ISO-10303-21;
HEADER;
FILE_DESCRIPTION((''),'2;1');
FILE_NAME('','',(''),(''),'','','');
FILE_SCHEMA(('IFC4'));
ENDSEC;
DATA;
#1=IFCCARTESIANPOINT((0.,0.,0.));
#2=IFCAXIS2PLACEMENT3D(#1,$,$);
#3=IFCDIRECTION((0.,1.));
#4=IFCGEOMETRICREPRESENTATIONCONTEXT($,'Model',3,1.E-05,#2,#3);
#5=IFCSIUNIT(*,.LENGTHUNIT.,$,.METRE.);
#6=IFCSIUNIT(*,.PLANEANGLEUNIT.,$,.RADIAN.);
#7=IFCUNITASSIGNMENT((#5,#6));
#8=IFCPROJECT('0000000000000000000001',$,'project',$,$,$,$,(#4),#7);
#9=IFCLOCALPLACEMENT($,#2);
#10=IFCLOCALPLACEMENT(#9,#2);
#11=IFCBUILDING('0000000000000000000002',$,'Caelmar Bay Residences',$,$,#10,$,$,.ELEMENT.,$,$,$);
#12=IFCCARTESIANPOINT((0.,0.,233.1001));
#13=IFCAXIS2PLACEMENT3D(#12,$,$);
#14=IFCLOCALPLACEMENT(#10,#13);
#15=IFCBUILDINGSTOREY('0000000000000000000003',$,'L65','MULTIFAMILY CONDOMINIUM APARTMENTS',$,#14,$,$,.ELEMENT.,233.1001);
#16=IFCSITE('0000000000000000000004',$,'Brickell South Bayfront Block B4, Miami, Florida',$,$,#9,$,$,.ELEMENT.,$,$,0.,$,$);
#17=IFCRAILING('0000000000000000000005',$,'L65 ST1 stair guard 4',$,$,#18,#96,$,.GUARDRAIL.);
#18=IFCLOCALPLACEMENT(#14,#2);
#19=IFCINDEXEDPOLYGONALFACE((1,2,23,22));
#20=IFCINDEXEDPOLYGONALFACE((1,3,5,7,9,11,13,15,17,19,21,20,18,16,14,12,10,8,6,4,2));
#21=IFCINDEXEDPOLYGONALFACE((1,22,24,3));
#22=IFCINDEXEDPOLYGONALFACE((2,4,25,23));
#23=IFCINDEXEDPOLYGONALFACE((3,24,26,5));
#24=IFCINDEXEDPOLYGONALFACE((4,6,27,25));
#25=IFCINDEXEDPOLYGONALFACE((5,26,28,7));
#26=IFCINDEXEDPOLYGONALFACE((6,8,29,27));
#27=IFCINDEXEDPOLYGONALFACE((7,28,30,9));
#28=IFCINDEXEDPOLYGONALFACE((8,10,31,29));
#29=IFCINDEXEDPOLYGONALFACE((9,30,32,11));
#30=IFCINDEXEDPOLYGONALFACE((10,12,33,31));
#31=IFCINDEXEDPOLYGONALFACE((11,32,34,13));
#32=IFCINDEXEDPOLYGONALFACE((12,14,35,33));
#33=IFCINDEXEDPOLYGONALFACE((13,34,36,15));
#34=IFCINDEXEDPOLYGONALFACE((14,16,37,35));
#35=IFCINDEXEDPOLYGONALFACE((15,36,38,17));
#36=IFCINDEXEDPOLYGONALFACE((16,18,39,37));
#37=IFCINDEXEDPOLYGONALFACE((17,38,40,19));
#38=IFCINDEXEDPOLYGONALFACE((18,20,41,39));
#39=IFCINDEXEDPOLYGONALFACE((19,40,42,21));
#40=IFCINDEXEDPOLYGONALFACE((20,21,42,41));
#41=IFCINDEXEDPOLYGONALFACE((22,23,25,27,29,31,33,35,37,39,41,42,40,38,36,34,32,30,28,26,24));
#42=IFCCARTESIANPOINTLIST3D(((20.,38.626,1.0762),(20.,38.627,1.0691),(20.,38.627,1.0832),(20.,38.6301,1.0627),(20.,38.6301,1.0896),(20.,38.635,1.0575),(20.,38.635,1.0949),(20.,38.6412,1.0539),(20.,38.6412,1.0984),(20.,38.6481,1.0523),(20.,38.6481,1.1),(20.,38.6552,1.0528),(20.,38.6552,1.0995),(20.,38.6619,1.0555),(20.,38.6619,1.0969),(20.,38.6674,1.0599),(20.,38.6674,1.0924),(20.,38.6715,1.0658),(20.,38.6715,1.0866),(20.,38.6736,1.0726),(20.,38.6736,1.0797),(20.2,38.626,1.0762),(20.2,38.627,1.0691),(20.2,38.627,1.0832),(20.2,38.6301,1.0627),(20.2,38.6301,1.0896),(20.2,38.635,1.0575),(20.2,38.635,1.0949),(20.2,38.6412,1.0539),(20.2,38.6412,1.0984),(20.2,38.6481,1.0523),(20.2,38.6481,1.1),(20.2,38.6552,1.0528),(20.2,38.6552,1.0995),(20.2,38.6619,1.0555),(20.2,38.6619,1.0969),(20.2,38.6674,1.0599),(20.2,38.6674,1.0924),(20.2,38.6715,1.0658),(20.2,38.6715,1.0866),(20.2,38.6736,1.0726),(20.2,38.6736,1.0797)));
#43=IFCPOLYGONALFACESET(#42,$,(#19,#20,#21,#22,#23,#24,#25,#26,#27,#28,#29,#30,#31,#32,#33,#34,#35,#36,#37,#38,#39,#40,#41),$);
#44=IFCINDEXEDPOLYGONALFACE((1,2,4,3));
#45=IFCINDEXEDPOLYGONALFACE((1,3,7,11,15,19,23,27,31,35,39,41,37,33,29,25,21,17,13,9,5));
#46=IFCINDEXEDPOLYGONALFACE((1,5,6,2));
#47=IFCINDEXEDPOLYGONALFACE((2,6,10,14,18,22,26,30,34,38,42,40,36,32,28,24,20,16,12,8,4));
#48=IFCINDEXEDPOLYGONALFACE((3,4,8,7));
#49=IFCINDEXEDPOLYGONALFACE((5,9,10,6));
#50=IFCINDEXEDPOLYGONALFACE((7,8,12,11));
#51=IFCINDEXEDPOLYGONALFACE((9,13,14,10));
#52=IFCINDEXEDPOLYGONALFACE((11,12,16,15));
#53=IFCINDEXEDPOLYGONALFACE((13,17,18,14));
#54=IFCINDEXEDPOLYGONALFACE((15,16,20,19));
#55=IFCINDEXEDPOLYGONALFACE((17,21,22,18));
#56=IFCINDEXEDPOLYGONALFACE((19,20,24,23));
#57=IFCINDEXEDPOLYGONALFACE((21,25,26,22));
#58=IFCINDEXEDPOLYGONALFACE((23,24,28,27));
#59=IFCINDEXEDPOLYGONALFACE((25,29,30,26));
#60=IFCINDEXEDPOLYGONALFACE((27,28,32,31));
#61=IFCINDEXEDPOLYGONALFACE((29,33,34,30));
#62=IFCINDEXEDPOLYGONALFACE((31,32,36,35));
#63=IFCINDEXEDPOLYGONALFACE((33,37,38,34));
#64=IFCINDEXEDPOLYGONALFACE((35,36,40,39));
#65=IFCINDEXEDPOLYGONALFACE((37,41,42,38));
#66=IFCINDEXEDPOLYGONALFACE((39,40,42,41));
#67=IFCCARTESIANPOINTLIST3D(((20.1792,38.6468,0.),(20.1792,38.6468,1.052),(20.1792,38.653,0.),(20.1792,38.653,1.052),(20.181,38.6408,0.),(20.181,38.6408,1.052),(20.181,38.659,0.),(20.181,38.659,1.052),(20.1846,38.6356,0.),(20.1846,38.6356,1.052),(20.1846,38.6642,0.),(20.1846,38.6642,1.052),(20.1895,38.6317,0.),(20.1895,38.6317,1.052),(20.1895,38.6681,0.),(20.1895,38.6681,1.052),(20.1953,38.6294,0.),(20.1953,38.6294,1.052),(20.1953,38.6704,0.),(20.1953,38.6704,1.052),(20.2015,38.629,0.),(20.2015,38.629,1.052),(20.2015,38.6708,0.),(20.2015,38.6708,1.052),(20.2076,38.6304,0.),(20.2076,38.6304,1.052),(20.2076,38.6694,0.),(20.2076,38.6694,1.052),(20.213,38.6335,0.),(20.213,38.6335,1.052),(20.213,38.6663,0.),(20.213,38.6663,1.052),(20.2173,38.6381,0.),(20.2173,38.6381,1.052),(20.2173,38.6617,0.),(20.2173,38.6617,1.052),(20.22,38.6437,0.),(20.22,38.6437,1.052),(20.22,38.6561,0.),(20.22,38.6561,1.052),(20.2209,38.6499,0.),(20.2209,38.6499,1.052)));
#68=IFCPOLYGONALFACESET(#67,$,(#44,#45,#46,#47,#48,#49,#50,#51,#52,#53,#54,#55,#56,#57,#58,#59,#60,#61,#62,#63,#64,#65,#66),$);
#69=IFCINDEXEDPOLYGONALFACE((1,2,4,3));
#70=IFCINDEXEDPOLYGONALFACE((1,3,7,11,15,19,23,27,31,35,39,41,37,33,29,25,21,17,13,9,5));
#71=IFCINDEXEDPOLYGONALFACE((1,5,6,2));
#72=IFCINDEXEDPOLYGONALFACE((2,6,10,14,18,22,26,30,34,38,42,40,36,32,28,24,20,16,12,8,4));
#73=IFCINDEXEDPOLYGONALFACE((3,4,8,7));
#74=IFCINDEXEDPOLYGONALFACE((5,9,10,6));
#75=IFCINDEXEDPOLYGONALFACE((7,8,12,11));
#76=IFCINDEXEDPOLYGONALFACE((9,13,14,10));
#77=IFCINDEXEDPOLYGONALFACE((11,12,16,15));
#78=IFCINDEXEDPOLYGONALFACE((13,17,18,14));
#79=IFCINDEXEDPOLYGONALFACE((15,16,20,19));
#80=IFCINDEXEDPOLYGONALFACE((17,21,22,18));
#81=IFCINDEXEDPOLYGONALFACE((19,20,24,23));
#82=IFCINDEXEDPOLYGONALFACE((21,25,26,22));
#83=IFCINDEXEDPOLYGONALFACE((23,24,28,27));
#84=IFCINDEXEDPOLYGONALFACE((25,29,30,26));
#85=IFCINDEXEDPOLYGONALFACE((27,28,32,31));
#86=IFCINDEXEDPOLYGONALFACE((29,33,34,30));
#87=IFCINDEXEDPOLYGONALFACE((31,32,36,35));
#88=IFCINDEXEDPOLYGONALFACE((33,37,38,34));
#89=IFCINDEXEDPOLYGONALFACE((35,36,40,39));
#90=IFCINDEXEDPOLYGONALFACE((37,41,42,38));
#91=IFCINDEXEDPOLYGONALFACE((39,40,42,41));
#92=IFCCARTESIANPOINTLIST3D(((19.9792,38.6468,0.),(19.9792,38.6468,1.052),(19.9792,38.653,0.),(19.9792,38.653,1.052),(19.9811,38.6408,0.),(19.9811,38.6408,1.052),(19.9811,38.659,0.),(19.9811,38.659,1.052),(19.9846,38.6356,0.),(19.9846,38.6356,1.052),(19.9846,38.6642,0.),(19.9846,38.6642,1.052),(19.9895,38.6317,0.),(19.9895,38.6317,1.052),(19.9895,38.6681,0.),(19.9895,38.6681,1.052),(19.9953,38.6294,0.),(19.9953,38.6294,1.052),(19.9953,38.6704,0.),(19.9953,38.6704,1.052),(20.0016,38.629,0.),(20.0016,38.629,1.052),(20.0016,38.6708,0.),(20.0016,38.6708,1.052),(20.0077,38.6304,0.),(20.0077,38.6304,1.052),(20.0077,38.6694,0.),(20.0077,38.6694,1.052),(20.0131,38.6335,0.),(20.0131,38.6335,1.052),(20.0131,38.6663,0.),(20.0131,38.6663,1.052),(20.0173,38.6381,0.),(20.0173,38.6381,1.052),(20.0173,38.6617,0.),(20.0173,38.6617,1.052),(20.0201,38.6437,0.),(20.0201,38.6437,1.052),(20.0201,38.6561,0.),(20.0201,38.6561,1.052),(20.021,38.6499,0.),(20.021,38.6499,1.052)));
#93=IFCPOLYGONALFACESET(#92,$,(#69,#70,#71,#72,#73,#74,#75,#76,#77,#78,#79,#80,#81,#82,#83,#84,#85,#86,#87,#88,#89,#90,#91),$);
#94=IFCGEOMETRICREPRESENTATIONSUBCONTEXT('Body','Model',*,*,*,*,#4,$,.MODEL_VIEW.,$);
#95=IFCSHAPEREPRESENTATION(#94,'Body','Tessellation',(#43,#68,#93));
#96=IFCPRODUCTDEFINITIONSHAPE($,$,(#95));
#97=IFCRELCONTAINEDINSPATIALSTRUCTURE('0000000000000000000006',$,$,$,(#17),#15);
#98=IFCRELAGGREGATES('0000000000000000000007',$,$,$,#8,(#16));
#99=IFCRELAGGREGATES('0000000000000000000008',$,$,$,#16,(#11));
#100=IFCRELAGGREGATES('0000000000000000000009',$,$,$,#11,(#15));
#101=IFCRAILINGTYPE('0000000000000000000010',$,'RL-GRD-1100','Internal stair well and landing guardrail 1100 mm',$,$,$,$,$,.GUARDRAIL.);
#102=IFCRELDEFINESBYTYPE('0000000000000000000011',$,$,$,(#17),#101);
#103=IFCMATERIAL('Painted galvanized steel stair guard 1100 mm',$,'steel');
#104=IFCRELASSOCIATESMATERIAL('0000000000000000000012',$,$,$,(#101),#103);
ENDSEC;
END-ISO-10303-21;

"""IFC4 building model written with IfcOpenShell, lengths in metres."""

from ifc_helpers import new_model, si_unit, direction, frame, origin, origin_2d, place, context, subcontext, project, spatial, circle, extrude, material, type_object, element, save


model = new_model("IFC4")

# Units and contexts
model_context = context("Model", 3, precision=1e-05, world=origin(), true_north=direction((0.0, 1.0)))
body_context = subcontext(model_context, "Body", "Model", "MODEL_VIEW")
ifc_project = project(units=[si_unit("LENGTHUNIT", "METRE"), si_unit("PLANEANGLEUNIT", "RADIAN")], contexts=[model_context])

# Site, building, storey
site_placement = place(None, origin())
site = spatial("IfcSite", under=ifc_project, at=site_placement, Name="Brickell South Bayfront Block B4, Miami, Florida", CompositionType="ELEMENT", RefElevation=0.0)
building_placement = place(site_placement, origin())
building = spatial("IfcBuilding", under=site, at=building_placement, Name="Caelmar Bay Residences", CompositionType="ELEMENT")
storey_placement = place(building_placement, frame((0.0, 0.0, 233.1001)))
storey = spatial("IfcBuildingStorey", under=building, at=storey_placement, Name="L65", Description="MULTIFAMILY CONDOMINIUM APARTMENTS", CompositionType="ELEMENT", Elevation=233.1001)

# Railing
ifc_material_1 = material(Name="Painted galvanized steel stair guard 1100 mm", Category="steel")
railing_type_1 = type_object("IfcRailingType", Name="RL-GRD-1100", Description="Internal stair well and landing guardrail 1100 mm", PredefinedType="GUARDRAIL", material=ifc_material_1)
railing_1_placement = place(storey_placement, frame((20.2, 38.6499, 0.0)))
element("IfcRailing", 1, at=railing_1_placement, inside=storey, type_object=railing_type_1, Name="L65 ST1 stair guard 4", PredefinedType="GUARDRAIL", context=body_context, shape_type="SweptSolid", body=[
    extrude(circle(Radius=0.0239, at=origin_2d()), frame((0.0, 0.0, 1.0762), z_axis=(-1.0, 0.0, 0.0), x_axis=(0.0, -1.0, 0.0)), (0.0, 0.0, 1.0), 0.2),
    extrude(circle(Radius=0.021, at=origin_2d()), origin(), (0.0, 0.0, 1.0), 1.052),
    extrude(circle(Radius=0.021, at=origin_2d()), frame((-0.2, 0.0, 0.0)), (0.0, 0.0, 1.0), 1.052),
])

save(model, "model.ifc")
